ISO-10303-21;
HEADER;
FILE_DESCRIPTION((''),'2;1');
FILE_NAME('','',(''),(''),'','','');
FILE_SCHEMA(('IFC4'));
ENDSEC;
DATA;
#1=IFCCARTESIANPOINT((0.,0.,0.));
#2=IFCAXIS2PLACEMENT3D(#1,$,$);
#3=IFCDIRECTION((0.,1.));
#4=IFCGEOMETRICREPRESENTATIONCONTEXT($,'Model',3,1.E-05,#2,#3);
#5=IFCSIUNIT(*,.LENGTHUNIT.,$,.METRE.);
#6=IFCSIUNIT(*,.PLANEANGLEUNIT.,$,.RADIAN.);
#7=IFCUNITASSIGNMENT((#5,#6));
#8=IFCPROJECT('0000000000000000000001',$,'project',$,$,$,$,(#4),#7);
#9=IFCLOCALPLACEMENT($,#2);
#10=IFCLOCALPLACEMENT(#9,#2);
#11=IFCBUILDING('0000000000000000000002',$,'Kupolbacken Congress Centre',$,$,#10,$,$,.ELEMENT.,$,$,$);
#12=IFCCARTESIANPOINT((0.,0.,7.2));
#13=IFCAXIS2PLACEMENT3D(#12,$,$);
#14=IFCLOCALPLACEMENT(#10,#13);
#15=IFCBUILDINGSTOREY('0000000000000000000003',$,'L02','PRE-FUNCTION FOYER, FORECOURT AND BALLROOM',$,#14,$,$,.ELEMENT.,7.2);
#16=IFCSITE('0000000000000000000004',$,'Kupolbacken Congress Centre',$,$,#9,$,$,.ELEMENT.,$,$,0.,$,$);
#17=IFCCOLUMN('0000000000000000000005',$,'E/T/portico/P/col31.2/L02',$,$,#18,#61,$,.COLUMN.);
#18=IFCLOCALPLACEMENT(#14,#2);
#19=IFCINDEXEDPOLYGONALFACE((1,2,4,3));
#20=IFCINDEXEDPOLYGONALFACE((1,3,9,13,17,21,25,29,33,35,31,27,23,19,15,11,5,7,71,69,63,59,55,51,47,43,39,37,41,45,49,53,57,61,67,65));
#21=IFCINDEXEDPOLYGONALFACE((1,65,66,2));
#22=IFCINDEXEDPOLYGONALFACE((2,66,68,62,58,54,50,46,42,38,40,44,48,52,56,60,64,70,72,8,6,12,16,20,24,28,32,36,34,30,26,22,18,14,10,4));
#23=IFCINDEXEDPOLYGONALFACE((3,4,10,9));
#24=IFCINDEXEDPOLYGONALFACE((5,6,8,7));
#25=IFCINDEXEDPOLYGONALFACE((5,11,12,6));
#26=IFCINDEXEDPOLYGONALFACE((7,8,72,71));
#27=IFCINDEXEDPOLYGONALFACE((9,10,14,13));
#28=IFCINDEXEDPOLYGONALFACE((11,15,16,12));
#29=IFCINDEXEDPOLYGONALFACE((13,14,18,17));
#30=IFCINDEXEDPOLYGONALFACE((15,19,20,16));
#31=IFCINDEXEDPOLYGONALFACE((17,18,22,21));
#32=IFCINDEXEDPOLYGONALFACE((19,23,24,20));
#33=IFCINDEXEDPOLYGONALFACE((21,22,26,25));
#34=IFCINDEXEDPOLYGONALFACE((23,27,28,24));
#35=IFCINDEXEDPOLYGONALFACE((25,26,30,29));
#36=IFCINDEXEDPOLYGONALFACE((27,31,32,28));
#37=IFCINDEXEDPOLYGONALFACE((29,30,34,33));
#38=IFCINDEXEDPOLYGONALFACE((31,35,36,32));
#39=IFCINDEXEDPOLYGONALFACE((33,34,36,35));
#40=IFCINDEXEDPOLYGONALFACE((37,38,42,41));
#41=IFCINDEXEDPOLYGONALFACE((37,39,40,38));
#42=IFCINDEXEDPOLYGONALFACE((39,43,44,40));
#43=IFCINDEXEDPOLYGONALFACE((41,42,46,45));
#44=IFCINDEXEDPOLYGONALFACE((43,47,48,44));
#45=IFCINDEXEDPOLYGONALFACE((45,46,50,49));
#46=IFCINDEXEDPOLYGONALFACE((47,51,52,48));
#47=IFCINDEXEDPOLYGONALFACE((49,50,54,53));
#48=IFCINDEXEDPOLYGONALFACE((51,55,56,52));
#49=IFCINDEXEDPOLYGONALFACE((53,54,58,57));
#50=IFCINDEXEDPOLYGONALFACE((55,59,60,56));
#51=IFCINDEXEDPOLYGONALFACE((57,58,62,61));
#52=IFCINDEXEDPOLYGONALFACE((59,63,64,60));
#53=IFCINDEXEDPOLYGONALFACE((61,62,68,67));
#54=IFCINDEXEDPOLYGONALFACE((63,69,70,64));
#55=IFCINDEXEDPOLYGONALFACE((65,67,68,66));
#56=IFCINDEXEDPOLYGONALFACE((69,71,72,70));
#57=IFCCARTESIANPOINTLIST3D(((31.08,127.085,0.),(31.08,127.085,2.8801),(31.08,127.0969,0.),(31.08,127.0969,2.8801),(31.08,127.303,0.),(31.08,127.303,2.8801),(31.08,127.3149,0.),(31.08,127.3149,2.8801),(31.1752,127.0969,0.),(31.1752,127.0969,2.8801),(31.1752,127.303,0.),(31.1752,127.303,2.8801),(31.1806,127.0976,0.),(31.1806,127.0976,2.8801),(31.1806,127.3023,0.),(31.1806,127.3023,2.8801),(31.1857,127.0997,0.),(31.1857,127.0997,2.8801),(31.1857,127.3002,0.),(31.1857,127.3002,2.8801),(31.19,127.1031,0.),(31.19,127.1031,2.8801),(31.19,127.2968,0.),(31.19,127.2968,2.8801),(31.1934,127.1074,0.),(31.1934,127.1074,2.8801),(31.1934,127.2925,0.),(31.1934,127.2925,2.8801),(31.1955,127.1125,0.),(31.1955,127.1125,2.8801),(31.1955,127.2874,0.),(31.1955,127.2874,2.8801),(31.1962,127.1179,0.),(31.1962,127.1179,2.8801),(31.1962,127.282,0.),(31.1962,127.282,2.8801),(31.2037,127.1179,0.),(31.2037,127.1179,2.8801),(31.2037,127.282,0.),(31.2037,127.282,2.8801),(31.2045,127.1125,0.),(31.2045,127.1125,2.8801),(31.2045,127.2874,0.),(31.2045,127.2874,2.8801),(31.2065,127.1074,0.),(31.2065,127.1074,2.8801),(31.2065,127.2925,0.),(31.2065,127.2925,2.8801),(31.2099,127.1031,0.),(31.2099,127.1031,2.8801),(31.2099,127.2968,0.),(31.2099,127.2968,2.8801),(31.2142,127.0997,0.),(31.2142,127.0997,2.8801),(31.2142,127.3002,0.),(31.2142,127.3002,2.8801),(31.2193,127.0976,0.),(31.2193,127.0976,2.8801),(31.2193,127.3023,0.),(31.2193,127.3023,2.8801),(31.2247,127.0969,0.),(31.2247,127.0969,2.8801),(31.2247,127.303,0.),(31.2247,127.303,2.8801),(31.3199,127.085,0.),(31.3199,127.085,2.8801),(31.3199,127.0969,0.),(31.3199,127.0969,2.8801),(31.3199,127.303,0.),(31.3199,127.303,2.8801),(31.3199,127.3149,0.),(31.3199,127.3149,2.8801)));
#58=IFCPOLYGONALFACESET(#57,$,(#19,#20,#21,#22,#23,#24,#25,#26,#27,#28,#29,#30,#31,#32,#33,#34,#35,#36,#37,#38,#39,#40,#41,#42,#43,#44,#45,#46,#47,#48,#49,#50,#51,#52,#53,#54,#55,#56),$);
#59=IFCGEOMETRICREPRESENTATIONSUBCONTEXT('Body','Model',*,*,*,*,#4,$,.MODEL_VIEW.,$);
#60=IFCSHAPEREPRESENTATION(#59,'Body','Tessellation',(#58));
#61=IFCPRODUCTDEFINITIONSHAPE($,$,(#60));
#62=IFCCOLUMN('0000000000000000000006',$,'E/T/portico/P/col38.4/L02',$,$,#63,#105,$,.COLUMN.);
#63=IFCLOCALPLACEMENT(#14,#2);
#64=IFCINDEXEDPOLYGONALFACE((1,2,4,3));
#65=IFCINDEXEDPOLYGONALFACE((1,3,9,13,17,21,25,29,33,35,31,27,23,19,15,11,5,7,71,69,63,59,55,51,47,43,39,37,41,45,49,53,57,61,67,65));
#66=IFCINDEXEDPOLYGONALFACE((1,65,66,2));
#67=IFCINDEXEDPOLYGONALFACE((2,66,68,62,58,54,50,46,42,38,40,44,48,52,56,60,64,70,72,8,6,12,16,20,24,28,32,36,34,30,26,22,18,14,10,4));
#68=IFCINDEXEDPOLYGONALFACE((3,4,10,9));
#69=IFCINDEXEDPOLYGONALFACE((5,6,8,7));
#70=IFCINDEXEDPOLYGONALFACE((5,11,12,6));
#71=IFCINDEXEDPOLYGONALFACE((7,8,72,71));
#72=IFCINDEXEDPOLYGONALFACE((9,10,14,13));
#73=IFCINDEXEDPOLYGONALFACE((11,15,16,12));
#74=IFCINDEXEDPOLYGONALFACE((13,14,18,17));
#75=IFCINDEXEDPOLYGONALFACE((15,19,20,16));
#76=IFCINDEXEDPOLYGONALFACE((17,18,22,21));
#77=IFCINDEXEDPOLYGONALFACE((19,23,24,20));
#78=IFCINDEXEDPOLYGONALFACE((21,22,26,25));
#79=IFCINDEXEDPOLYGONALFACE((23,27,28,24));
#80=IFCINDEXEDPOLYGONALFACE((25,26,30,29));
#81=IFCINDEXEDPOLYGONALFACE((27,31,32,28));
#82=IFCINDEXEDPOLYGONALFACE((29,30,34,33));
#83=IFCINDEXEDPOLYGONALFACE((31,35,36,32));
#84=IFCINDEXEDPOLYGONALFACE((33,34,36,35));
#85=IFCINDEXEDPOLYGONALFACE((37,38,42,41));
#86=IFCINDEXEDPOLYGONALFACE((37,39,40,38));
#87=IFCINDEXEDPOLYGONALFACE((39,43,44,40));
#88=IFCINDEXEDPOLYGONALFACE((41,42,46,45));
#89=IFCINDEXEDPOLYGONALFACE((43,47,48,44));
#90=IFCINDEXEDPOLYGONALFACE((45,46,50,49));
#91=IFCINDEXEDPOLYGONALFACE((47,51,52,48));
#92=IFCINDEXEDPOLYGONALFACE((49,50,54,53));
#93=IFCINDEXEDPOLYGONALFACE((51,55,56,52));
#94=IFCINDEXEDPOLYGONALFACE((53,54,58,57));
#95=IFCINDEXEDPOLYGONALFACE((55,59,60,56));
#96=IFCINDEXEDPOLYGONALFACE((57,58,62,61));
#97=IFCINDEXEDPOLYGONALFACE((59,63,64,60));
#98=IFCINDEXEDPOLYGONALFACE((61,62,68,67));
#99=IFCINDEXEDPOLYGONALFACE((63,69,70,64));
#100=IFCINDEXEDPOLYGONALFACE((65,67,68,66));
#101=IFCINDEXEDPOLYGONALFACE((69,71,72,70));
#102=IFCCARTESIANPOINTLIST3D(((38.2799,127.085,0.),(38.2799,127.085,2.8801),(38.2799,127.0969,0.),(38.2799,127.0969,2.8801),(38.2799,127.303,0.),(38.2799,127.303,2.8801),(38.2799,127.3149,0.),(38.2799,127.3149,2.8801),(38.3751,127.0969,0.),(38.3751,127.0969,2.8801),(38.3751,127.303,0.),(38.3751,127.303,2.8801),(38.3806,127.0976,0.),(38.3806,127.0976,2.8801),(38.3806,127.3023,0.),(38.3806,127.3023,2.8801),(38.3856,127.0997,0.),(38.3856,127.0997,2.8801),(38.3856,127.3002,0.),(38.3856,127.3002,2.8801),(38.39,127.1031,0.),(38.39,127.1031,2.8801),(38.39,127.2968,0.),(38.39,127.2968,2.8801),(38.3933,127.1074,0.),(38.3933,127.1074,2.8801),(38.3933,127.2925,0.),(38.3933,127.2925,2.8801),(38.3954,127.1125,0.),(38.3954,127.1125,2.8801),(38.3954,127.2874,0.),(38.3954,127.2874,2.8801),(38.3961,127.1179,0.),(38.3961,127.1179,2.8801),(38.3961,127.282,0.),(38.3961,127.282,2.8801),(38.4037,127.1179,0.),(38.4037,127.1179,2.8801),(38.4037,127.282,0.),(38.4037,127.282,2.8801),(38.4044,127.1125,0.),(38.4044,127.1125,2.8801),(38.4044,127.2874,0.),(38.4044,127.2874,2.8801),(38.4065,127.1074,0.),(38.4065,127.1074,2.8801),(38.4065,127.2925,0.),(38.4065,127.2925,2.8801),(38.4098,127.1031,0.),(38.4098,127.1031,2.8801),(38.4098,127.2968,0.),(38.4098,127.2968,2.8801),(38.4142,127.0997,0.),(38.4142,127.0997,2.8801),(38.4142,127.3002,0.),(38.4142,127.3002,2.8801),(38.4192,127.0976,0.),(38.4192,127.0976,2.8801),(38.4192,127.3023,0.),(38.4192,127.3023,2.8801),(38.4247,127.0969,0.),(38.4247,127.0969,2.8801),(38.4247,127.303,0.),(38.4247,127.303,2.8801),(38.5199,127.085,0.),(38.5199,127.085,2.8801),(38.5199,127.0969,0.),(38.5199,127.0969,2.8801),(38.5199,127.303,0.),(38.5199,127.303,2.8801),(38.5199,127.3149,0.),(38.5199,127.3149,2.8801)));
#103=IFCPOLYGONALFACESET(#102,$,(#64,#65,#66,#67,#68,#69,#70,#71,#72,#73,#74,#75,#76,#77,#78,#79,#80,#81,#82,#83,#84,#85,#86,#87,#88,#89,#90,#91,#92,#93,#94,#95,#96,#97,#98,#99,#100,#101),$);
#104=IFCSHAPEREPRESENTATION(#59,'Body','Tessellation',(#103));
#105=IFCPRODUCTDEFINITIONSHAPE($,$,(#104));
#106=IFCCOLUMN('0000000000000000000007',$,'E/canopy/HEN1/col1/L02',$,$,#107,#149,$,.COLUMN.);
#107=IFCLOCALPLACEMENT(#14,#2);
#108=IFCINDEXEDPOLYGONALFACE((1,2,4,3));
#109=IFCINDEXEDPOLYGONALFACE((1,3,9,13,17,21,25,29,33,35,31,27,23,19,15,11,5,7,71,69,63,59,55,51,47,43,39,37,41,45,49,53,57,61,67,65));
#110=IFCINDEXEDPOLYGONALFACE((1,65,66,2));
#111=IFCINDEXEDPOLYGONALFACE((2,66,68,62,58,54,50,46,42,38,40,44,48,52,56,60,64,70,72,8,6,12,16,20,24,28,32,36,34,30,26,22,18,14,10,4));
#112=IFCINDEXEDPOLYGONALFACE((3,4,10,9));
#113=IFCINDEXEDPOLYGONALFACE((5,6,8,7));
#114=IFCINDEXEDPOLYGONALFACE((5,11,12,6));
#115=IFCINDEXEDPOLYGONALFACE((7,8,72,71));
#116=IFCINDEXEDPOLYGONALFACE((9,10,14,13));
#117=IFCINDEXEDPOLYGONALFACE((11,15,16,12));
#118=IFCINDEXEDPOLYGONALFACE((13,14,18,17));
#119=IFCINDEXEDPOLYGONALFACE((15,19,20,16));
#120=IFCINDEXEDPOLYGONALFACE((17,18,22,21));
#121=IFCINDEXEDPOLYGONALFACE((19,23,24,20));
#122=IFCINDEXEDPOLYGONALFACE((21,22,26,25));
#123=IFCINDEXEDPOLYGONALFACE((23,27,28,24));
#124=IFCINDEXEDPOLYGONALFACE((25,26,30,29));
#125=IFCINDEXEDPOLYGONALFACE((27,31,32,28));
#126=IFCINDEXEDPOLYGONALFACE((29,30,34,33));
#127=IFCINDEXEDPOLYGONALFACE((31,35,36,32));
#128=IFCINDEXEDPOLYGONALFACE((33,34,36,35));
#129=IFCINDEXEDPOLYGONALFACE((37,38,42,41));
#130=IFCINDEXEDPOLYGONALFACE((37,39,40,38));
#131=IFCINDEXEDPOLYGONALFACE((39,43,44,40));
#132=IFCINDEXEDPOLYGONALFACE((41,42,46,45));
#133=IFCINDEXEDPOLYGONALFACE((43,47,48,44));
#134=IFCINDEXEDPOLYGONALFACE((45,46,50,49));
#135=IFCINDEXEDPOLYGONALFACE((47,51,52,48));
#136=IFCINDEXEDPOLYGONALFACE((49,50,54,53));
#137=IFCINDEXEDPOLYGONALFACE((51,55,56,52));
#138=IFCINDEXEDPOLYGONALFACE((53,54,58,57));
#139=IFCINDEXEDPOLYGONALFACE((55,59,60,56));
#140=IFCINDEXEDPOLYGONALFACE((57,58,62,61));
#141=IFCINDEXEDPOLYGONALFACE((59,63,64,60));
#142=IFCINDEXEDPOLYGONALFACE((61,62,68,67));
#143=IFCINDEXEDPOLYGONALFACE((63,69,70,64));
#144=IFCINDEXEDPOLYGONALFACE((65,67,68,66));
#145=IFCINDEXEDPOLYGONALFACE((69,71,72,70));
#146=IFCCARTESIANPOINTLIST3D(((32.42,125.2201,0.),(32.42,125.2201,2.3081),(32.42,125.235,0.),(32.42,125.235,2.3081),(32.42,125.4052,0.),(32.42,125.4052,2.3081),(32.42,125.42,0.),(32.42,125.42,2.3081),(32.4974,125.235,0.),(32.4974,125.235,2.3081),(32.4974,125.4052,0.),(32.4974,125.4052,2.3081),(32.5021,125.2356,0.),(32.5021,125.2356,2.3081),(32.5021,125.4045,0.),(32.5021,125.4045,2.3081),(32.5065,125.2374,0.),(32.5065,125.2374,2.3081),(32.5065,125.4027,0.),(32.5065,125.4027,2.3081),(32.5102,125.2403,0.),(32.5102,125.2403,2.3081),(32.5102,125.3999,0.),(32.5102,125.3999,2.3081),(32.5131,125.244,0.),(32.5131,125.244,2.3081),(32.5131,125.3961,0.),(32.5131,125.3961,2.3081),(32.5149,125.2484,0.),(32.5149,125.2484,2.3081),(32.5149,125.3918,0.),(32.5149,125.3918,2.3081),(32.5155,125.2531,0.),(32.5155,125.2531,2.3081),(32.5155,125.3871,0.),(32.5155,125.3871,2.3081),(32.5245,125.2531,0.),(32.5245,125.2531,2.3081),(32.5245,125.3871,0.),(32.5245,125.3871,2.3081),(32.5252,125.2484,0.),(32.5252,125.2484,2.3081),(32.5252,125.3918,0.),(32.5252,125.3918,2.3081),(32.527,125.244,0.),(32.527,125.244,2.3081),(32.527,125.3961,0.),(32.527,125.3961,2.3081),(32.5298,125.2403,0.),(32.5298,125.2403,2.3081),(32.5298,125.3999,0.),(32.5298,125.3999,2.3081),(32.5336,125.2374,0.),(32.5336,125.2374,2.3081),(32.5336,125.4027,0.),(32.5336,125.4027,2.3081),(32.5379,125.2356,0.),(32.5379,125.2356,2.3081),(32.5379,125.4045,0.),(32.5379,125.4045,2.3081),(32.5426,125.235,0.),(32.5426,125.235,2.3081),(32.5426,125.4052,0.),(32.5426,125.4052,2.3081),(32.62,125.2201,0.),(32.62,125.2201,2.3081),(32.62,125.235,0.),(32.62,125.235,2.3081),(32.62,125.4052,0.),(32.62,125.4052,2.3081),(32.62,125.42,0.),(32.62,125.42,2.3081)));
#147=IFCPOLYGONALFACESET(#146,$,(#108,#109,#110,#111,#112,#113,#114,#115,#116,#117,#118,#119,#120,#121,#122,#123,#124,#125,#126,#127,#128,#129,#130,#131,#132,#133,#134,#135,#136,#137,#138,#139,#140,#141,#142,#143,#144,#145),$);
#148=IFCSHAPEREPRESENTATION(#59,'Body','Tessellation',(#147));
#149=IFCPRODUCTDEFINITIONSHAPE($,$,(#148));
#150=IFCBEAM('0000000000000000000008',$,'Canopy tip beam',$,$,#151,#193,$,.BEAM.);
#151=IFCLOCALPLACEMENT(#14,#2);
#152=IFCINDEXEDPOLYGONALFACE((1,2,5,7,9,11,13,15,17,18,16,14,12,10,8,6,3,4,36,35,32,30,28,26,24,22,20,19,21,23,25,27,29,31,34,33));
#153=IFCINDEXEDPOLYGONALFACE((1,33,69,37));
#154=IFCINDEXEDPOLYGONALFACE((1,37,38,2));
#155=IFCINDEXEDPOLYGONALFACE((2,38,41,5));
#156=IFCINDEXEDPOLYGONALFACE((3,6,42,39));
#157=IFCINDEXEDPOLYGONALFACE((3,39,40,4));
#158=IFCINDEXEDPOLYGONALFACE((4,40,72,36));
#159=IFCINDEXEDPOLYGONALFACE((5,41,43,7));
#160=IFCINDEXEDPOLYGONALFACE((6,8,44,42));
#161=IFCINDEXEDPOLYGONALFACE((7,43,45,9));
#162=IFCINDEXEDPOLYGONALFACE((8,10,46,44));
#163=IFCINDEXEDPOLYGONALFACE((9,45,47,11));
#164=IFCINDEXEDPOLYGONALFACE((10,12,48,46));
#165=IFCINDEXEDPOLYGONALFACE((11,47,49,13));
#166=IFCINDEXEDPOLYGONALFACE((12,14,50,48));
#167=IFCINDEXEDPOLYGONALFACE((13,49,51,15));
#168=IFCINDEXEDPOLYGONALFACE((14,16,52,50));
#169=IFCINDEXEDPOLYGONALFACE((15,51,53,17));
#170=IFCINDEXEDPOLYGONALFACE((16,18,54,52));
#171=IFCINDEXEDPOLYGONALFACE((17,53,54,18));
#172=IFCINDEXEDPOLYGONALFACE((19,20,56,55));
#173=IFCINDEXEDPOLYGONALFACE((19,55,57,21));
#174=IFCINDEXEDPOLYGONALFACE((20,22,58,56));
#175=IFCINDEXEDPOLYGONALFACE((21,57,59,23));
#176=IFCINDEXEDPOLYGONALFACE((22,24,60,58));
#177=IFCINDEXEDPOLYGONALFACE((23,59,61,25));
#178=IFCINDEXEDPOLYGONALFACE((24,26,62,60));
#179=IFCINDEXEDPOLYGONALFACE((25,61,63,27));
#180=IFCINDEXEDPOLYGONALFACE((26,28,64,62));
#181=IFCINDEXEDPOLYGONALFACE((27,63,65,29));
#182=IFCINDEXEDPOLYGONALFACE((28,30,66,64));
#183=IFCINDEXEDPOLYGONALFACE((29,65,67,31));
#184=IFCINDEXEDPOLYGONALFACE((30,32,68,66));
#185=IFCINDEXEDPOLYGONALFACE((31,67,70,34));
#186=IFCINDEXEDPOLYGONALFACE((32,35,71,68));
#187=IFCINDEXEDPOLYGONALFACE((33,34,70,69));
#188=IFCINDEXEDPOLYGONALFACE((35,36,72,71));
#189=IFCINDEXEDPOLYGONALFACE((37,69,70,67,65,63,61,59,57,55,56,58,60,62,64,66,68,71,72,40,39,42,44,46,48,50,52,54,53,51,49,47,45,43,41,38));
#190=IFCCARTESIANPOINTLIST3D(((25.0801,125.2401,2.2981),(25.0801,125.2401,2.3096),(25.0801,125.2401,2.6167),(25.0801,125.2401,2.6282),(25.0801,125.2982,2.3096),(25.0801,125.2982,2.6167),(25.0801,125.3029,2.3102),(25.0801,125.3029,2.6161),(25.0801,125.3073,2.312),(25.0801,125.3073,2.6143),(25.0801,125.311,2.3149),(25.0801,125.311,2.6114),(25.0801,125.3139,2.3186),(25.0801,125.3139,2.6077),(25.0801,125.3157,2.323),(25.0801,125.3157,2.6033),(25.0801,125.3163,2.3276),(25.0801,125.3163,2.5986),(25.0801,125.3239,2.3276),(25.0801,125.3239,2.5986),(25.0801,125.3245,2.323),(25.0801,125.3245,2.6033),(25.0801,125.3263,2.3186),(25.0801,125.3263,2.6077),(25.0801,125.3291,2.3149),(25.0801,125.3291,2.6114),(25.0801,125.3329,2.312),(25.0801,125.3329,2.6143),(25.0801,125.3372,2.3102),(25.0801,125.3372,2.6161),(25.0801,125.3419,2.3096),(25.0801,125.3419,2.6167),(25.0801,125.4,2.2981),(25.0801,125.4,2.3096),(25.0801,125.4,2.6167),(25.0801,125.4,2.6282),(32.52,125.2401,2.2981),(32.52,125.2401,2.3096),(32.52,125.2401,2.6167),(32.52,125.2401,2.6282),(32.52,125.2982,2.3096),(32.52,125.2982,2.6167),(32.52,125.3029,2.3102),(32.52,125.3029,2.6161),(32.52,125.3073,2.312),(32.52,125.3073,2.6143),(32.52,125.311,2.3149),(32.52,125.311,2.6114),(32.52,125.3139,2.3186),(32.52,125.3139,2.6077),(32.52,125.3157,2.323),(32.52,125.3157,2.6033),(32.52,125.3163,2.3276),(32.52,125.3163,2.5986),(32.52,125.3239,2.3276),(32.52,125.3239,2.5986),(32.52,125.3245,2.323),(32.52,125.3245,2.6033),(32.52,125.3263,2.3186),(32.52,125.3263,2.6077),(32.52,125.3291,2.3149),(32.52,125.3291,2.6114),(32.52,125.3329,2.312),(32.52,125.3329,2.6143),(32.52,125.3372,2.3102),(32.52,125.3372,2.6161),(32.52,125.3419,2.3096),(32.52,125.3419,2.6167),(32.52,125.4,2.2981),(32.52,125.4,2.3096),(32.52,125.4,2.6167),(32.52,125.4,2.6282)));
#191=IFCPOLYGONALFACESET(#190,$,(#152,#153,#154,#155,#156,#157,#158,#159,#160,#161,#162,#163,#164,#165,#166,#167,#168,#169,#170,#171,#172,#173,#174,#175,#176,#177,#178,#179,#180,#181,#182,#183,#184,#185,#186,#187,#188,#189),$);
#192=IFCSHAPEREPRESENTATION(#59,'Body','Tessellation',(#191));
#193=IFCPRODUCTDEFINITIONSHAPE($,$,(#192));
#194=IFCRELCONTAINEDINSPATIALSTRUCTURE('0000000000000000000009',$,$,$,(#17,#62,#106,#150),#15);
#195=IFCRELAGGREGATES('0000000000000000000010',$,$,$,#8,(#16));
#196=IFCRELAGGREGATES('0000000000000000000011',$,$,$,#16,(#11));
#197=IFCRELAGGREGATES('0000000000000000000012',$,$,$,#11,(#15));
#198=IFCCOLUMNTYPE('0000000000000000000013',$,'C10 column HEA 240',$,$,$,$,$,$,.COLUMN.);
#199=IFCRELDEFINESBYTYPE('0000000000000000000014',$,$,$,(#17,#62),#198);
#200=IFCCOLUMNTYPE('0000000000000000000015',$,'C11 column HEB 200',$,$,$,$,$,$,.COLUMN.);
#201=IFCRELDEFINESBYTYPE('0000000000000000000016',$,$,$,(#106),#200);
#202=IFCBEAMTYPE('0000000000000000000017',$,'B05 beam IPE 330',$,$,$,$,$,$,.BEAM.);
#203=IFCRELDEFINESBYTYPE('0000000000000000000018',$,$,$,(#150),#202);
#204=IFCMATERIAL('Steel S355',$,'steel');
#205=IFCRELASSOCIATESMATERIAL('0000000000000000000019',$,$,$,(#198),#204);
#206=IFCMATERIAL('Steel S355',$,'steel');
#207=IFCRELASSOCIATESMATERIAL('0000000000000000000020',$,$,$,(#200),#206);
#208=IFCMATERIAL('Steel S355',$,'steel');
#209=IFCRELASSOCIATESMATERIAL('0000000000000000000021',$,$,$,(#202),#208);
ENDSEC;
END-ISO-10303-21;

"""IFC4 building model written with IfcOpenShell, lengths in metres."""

from ifc_helpers import new_model, si_unit, direction, frame, origin, origin_2d, place, context, subcontext, project, spatial, i_section, extrude, material, material_profile, profile_set, type_object, element, save


model = new_model("IFC4")

# Units and contexts
model_context = context("Model", 3, precision=1e-05, world=origin(), true_north=direction((0.0, 1.0)))
body_context = subcontext(model_context, "Body", "Model", "MODEL_VIEW")
ifc_project = project(units=[si_unit("LENGTHUNIT", "METRE"), si_unit("PLANEANGLEUNIT", "RADIAN")], contexts=[model_context])

# Site, building, storey
site_placement = place(None, origin())
site = spatial("IfcSite", under=ifc_project, at=site_placement, Name="Kupolbacken Congress Centre", CompositionType="ELEMENT", RefElevation=0.0)
building_placement = place(site_placement, origin())
building = spatial("IfcBuilding", under=site, at=building_placement, Name="Kupolbacken Congress Centre", CompositionType="ELEMENT")
storey_placement = place(building_placement, frame((0.0, 0.0, 7.2)))
storey = spatial("IfcBuildingStorey", under=building, at=storey_placement, Name="L02", Description="PRE-FUNCTION FOYER, FORECOURT AND BALLROOM", CompositionType="ELEMENT", Elevation=7.2)

# Columns
ifc_material_1 = material(Name="Steel S355", Category="steel")
ifc_material_profile_1 = material_profile(ifc_material_1, i_section(OverallWidth=0.24, OverallDepth=0.23, WebThickness=0.0076, FlangeThickness=0.012, FilletRadius=0.021, at=origin_2d()), Name="HEA 240")
ifc_profile_set_1 = profile_set([ifc_material_profile_1], Name="Steel S355")
column_type_1 = type_object("IfcColumnType", Name="C10 column HEA 240", PredefinedType="COLUMN", material=ifc_profile_set_1)
for number, where, z_axis, x_axis, name in (
    (1, (31.2, 127.2, 0.0), (0.0, 0.0, 1.0), (1.0, 0.0, 0.0), "E/T/portico/P/col31.2/L02"),
    (2, (38.3999, 127.2, 0.0), (0.0, 0.0, 1.0), (1.0, 0.0, 0.0), "E/T/portico/P/col38.4/L02"),
):
    element("IfcColumn", number, at=place(storey_placement, frame(where, z_axis=z_axis, x_axis=x_axis)), inside=storey, type_object=column_type_1, Name=name, PredefinedType="COLUMN", context=body_context, shape_type="SweptSolid", body=[
        extrude(i_section(OverallWidth=0.24, OverallDepth=0.23, WebThickness=0.0076, FlangeThickness=0.012, FilletRadius=0.021, at=origin_2d()), origin(), (0.0, 0.0, 1.0), 2.8801),
    ])
ifc_material_2 = material(Name="Steel S355", Category="steel")
ifc_material_profile_2 = material_profile(ifc_material_2, i_section(OverallWidth=0.2, OverallDepth=0.2, WebThickness=0.009, FlangeThickness=0.0149, FilletRadius=0.0181, at=origin_2d()), Name="HEB 200")
ifc_profile_set_2 = profile_set([ifc_material_profile_2], Name="Steel S355")
column_type_2 = type_object("IfcColumnType", Name="C11 column HEB 200", PredefinedType="COLUMN", material=ifc_profile_set_2)
column_placement = place(storey_placement, frame((32.52, 125.3201, 0.0), z_axis=(0.0, 0.0, 1.0), x_axis=(1.0, 0.0, 0.0)))
element("IfcColumn", 3, at=column_placement, inside=storey, type_object=column_type_2, Name="E/canopy/HEN1/col1/L02", PredefinedType="COLUMN", context=body_context, shape_type="SweptSolid", body=[
    extrude(i_section(OverallWidth=0.2, OverallDepth=0.2, WebThickness=0.009, FlangeThickness=0.0149, FilletRadius=0.0181, at=origin_2d()), origin(), (0.0, 0.0, 1.0), 2.3081),
])

# Beam
ifc_material_3 = material(Name="Steel S355", Category="steel")
ifc_material_profile_3 = material_profile(ifc_material_3, i_section(OverallWidth=0.1599, OverallDepth=0.3301, WebThickness=0.0076, FlangeThickness=0.0115, FilletRadius=0.0181, at=origin_2d()), Name="IPE 330")
ifc_profile_set_3 = profile_set([ifc_material_profile_3], Name="Steel S355")
beam_type_1 = type_object("IfcBeamType", Name="B05 beam IPE 330", PredefinedType="BEAM", material=ifc_profile_set_3)
beam_1_placement = place(storey_placement, frame((32.52, 125.3201, 2.4631), z_axis=(-1.0, 0.0, 0.0), x_axis=(0.0, -1.0, 0.0)))
element("IfcBeam", 4, at=beam_1_placement, inside=storey, type_object=beam_type_1, Name="Canopy tip beam", PredefinedType="BEAM", context=body_context, shape_type="SweptSolid", body=[
    extrude(i_section(OverallWidth=0.1599, OverallDepth=0.3301, WebThickness=0.0076, FlangeThickness=0.0115, FilletRadius=0.0181, at=origin_2d()), origin(), (0.0, 0.0, 1.0), 7.4399),
])

save(model, "model.ifc")
